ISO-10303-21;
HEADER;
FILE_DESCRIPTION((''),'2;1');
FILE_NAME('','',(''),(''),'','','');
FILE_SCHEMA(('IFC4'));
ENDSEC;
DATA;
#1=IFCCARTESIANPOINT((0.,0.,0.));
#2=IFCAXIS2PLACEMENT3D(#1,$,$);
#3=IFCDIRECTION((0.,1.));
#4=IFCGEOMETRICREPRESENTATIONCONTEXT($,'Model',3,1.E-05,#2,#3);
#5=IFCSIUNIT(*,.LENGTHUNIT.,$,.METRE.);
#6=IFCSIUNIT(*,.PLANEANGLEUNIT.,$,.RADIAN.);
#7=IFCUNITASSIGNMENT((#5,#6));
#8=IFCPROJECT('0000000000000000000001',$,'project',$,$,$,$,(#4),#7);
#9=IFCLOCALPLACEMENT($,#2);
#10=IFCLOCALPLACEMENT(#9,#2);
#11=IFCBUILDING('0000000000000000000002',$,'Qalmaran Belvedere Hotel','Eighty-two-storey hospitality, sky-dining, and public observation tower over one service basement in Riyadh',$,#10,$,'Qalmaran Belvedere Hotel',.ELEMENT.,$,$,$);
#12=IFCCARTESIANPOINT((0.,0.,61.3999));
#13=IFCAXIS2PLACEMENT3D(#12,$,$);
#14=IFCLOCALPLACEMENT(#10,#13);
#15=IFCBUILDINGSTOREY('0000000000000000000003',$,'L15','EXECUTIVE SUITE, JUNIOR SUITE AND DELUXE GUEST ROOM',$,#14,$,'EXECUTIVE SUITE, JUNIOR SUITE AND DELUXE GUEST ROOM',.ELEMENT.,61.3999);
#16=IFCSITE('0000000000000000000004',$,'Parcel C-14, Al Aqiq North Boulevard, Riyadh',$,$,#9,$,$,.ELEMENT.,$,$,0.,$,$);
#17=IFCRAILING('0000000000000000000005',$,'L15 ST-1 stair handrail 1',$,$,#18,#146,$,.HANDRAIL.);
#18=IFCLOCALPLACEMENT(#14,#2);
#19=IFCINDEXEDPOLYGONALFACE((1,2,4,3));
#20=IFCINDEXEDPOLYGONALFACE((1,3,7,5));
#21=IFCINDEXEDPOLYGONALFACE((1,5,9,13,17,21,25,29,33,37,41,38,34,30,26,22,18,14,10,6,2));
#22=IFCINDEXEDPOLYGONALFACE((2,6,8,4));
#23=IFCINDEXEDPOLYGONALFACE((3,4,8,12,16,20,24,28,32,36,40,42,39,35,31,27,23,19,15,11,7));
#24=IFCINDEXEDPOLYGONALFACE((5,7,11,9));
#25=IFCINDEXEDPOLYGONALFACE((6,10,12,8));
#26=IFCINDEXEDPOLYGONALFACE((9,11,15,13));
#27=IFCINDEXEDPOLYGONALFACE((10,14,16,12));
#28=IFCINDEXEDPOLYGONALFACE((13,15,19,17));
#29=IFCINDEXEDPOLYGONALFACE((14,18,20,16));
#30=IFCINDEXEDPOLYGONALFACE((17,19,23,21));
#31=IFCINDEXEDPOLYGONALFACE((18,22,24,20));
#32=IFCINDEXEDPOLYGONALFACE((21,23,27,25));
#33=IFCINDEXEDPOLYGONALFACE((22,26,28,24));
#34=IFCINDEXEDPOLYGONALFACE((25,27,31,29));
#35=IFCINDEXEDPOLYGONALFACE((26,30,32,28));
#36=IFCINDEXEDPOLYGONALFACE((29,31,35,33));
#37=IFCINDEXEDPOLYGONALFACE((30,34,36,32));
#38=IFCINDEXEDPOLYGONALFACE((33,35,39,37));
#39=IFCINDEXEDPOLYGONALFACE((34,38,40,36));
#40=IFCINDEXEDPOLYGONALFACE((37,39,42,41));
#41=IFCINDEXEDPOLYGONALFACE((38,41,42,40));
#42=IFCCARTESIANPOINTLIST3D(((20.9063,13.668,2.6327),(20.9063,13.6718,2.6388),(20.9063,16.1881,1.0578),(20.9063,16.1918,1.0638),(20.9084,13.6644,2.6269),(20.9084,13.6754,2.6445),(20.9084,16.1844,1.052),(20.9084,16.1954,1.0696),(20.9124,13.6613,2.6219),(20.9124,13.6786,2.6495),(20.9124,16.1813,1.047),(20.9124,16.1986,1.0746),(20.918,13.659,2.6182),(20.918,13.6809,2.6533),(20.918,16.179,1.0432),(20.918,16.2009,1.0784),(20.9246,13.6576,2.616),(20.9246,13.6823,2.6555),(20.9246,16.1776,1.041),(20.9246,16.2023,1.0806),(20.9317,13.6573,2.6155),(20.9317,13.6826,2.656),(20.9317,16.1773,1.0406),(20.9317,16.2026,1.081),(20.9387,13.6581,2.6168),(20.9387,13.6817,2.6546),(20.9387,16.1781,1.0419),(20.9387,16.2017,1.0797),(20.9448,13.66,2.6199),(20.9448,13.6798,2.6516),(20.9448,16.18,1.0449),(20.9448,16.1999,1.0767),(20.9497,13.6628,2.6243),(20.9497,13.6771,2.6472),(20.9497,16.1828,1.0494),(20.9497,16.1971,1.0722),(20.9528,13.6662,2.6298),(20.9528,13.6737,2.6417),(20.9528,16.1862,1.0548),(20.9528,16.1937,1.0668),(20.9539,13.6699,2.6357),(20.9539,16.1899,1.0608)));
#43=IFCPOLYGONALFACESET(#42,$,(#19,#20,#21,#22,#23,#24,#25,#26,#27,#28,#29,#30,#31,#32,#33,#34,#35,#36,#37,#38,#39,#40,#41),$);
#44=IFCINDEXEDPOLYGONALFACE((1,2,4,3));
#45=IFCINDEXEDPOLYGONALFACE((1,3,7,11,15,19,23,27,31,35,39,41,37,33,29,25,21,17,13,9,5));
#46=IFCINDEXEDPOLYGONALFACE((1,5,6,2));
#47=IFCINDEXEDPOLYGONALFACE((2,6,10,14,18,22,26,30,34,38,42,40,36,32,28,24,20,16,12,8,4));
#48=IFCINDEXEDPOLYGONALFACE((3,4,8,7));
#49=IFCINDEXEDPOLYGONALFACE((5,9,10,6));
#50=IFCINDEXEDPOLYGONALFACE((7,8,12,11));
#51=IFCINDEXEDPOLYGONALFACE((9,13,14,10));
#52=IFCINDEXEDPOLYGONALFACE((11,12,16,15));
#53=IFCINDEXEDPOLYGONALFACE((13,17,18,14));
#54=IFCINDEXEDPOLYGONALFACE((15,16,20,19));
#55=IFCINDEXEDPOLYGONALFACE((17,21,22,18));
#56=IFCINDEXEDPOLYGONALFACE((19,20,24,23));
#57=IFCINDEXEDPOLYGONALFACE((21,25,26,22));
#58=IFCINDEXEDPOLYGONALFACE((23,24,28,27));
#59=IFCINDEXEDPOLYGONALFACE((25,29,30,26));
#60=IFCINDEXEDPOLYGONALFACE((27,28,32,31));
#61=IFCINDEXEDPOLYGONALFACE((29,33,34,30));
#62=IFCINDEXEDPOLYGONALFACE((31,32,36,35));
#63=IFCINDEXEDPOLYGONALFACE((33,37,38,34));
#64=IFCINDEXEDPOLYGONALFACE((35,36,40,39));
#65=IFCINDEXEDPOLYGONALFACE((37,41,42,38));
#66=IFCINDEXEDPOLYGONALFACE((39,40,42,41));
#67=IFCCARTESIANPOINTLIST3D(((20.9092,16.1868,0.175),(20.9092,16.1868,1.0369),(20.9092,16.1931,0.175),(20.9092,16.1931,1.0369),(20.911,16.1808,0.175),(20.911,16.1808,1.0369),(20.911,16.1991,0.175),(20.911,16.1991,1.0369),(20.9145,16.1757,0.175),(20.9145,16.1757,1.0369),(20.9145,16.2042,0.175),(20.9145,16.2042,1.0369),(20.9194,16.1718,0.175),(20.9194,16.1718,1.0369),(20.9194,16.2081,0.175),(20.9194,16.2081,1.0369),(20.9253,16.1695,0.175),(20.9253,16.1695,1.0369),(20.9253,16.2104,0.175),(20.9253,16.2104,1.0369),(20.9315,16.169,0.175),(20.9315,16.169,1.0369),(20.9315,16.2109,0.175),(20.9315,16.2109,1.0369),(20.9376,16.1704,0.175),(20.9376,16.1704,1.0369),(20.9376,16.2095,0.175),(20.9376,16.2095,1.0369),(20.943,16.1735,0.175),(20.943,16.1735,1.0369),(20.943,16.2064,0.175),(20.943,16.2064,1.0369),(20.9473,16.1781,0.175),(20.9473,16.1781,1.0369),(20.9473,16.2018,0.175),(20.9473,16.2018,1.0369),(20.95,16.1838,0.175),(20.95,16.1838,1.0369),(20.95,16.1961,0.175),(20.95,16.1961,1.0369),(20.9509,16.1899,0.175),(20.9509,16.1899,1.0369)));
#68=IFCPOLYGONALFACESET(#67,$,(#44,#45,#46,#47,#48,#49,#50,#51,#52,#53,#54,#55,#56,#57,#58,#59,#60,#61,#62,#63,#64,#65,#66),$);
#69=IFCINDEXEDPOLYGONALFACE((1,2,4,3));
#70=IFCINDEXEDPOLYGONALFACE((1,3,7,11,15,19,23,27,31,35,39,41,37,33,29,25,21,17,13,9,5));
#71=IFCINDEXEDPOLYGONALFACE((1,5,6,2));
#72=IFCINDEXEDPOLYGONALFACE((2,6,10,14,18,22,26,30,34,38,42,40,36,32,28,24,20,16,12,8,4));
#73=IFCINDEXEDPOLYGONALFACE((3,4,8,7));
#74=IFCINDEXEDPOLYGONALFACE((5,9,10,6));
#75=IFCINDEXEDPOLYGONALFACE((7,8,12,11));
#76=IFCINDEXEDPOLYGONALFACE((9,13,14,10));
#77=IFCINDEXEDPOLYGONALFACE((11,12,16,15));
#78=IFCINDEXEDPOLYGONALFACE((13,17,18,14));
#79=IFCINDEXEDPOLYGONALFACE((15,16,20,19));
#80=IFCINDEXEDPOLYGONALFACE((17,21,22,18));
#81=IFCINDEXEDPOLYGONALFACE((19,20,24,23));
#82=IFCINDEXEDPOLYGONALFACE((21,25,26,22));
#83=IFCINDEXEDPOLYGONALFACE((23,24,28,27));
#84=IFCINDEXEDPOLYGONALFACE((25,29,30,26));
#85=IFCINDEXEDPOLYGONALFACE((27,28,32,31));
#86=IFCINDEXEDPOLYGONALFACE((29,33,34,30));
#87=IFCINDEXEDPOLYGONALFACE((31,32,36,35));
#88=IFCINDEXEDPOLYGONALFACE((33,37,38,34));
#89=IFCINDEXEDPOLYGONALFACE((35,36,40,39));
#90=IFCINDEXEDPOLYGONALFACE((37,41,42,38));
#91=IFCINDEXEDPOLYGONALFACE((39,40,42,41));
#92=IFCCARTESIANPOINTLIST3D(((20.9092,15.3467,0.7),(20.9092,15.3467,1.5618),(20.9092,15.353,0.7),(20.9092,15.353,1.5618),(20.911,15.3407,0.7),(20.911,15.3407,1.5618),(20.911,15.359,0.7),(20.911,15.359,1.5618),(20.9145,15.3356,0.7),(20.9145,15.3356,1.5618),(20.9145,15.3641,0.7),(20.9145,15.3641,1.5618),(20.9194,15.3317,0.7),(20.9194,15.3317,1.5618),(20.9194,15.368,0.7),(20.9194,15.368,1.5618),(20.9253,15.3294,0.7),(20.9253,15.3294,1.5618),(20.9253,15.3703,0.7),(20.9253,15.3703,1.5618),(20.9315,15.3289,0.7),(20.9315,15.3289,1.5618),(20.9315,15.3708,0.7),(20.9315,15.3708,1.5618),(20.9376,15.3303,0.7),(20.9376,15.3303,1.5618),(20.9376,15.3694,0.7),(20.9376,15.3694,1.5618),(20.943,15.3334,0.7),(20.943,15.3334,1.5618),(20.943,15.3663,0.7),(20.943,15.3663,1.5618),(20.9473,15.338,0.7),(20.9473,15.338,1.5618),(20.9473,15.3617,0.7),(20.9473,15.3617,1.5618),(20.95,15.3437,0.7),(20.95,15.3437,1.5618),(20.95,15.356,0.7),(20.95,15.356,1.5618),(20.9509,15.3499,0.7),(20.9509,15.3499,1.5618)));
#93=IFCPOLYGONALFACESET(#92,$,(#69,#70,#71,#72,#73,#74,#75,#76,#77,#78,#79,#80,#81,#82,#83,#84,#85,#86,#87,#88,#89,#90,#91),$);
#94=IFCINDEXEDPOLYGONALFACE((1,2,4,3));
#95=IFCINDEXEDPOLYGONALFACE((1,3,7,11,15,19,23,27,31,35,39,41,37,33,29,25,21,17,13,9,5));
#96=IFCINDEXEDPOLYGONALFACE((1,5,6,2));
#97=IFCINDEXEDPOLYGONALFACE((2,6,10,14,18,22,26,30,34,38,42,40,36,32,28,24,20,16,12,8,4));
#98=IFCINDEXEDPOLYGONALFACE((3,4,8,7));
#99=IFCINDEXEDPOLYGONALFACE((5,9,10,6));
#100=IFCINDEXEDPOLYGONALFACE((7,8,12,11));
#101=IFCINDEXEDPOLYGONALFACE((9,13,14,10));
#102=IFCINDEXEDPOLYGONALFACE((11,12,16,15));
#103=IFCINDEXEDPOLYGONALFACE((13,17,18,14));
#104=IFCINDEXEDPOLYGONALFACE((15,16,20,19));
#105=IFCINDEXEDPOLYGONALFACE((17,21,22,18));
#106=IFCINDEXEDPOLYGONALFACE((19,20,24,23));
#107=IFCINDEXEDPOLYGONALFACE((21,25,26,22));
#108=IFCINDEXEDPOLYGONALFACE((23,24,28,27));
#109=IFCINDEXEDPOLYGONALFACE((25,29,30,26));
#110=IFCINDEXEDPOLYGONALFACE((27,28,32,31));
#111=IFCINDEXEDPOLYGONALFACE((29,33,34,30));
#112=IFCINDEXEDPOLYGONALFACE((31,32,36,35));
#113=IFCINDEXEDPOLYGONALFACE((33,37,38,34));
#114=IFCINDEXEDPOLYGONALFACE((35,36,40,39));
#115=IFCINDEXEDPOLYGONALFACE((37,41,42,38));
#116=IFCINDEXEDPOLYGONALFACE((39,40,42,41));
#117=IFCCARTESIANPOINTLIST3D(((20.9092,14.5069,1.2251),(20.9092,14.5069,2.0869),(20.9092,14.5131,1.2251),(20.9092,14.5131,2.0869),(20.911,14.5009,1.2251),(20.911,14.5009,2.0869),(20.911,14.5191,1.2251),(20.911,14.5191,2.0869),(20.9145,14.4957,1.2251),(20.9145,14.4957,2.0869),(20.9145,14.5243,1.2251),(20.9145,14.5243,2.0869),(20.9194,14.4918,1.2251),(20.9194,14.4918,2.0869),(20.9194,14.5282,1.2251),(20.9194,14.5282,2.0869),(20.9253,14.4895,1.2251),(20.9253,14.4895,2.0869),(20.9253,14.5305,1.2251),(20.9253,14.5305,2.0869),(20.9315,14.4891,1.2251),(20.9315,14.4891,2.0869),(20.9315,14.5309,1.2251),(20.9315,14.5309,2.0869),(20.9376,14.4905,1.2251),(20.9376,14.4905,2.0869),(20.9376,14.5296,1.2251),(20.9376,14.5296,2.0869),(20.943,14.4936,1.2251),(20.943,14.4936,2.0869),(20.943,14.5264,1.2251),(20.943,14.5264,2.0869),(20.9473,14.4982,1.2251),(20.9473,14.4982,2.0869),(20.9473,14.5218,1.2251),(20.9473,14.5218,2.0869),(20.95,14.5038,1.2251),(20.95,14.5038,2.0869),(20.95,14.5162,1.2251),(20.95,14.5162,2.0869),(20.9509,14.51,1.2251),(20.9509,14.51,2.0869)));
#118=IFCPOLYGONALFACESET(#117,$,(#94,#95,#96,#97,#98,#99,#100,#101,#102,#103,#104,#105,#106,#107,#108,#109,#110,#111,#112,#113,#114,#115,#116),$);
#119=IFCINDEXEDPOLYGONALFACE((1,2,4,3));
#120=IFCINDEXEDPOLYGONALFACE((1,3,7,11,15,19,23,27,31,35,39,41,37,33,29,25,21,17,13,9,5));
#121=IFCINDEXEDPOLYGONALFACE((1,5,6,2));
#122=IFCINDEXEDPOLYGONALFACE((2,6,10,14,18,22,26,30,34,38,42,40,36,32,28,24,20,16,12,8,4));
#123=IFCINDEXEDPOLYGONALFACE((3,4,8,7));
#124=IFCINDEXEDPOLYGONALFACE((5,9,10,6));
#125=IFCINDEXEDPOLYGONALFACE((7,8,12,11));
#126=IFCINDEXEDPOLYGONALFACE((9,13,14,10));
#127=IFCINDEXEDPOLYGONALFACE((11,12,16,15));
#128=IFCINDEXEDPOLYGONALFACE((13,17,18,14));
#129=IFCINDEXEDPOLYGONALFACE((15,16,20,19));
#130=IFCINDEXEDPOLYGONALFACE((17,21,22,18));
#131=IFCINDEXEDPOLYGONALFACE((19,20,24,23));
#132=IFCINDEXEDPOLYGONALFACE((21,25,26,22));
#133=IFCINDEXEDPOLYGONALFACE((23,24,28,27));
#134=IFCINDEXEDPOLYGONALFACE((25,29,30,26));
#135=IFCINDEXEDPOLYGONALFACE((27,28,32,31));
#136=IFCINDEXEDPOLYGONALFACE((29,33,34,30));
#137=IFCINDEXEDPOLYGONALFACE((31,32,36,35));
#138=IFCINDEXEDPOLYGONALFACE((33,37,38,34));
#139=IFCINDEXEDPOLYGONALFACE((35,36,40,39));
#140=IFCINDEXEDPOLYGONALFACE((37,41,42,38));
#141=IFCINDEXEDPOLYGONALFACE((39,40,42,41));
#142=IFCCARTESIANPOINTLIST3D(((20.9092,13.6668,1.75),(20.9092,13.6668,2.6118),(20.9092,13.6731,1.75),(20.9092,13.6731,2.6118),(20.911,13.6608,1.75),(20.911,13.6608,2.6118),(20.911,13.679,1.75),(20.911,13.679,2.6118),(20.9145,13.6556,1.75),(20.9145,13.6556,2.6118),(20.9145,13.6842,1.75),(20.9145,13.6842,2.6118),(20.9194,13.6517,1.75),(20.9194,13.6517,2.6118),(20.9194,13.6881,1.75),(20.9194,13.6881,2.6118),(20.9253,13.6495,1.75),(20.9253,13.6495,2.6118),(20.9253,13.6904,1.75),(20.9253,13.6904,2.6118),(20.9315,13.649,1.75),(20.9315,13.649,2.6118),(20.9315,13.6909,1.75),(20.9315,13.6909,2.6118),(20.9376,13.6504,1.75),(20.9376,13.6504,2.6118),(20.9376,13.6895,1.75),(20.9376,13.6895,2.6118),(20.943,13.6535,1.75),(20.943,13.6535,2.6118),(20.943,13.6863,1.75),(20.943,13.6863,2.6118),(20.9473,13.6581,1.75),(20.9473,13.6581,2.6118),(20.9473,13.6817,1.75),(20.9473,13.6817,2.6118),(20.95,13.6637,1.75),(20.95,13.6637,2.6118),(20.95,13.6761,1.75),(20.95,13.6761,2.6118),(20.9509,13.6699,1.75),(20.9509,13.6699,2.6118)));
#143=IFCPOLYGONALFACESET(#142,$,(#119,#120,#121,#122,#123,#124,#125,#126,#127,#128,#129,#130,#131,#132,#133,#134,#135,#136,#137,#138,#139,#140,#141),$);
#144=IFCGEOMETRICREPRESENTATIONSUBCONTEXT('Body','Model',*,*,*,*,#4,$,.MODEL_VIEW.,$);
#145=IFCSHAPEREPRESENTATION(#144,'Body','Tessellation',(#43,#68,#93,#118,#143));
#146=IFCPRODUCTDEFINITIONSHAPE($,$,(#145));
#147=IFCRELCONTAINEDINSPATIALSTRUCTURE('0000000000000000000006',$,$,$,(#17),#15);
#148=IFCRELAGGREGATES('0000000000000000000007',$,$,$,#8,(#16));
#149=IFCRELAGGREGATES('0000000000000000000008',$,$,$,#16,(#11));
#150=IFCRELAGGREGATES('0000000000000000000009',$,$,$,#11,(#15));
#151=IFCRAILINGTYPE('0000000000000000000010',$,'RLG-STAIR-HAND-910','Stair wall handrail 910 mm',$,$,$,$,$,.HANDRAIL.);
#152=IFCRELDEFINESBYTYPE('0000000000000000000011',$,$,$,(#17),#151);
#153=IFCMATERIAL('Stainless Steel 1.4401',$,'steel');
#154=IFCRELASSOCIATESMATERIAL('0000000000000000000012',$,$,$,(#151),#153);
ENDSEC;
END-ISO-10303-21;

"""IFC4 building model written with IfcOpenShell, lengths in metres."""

from ifc_helpers import new_model, si_unit, direction, frame, origin, origin_2d, place, context, subcontext, project, spatial, circle, extrude, material, type_object, element, save


model = new_model("IFC4")

# Units and contexts
model_context = context("Model", 3, precision=1e-05, world=origin(), true_north=direction((0.0, 1.0)))
body_context = subcontext(model_context, "Body", "Model", "MODEL_VIEW")
ifc_project = project(units=[si_unit("LENGTHUNIT", "METRE"), si_unit("PLANEANGLEUNIT", "RADIAN")], contexts=[model_context])

# Site, building, storey
site_placement = place(None, origin())
site = spatial("IfcSite", under=ifc_project, at=site_placement, Name="Parcel C-14, Al Aqiq North Boulevard, Riyadh", CompositionType="ELEMENT", RefElevation=0.0)
building_placement = place(site_placement, origin())
building = spatial("IfcBuilding", under=site, at=building_placement, Name="Qalmaran Belvedere Hotel", Description="Eighty-two-storey hospitality, sky-dining, and public observation tower over one service basement in Riyadh", LongName="Qalmaran Belvedere Hotel", CompositionType="ELEMENT")
storey_placement = place(building_placement, frame((0.0, 0.0, 61.3999)))
storey = spatial("IfcBuildingStorey", under=building, at=storey_placement, Name="L15", Description="EXECUTIVE SUITE, JUNIOR SUITE AND DELUXE GUEST ROOM", LongName="EXECUTIVE SUITE, JUNIOR SUITE AND DELUXE GUEST ROOM", CompositionType="ELEMENT", Elevation=61.3999)

# Shared definitions
ifc_material_1 = material(Name="Stainless Steel 1.4401", Category="steel")

# Railing
railing_type_1 = type_object("IfcRailingType", Name="RLG-STAIR-HAND-910", Description="Stair wall handrail 910 mm", PredefinedType="HANDRAIL", material=ifc_material_1)
railing_1_placement = place(storey_placement, frame((20.9299, 16.1899, 0.175)))
element("IfcRailing", 1, at=railing_1_placement, inside=storey, type_object=railing_type_1, Name="L15 ST-1 stair handrail 1", PredefinedType="HANDRAIL", context=body_context, shape_type="SweptSolid", body=[
    extrude(circle(Radius=0.0239, at=origin_2d()), frame((0.0, 0.0, 0.8857), z_axis=(0.0, -0.848008, 0.529984), x_axis=(1.0, 0.0, 0.0)), (0.0, 0.0, 1.0), 2.9717),
    extrude(circle(Radius=0.021, at=origin_2d()), origin(), (0.0, 0.0, 1.0), 0.8618),
    extrude(circle(Radius=0.021, at=origin_2d()), frame((0.0, -0.8401, 0.5249)), (0.0, 0.0, 1.0), 0.8618),
    extrude(circle(Radius=0.021, at=origin_2d()), frame((0.0, -1.6799, 1.05)), (0.0, 0.0, 1.0), 0.8618),
    extrude(circle(Radius=0.021, at=origin_2d()), frame((0.0, -2.52, 1.575)), (0.0, 0.0, 1.0), 0.8618),
])

save(model, "model.ifc")
